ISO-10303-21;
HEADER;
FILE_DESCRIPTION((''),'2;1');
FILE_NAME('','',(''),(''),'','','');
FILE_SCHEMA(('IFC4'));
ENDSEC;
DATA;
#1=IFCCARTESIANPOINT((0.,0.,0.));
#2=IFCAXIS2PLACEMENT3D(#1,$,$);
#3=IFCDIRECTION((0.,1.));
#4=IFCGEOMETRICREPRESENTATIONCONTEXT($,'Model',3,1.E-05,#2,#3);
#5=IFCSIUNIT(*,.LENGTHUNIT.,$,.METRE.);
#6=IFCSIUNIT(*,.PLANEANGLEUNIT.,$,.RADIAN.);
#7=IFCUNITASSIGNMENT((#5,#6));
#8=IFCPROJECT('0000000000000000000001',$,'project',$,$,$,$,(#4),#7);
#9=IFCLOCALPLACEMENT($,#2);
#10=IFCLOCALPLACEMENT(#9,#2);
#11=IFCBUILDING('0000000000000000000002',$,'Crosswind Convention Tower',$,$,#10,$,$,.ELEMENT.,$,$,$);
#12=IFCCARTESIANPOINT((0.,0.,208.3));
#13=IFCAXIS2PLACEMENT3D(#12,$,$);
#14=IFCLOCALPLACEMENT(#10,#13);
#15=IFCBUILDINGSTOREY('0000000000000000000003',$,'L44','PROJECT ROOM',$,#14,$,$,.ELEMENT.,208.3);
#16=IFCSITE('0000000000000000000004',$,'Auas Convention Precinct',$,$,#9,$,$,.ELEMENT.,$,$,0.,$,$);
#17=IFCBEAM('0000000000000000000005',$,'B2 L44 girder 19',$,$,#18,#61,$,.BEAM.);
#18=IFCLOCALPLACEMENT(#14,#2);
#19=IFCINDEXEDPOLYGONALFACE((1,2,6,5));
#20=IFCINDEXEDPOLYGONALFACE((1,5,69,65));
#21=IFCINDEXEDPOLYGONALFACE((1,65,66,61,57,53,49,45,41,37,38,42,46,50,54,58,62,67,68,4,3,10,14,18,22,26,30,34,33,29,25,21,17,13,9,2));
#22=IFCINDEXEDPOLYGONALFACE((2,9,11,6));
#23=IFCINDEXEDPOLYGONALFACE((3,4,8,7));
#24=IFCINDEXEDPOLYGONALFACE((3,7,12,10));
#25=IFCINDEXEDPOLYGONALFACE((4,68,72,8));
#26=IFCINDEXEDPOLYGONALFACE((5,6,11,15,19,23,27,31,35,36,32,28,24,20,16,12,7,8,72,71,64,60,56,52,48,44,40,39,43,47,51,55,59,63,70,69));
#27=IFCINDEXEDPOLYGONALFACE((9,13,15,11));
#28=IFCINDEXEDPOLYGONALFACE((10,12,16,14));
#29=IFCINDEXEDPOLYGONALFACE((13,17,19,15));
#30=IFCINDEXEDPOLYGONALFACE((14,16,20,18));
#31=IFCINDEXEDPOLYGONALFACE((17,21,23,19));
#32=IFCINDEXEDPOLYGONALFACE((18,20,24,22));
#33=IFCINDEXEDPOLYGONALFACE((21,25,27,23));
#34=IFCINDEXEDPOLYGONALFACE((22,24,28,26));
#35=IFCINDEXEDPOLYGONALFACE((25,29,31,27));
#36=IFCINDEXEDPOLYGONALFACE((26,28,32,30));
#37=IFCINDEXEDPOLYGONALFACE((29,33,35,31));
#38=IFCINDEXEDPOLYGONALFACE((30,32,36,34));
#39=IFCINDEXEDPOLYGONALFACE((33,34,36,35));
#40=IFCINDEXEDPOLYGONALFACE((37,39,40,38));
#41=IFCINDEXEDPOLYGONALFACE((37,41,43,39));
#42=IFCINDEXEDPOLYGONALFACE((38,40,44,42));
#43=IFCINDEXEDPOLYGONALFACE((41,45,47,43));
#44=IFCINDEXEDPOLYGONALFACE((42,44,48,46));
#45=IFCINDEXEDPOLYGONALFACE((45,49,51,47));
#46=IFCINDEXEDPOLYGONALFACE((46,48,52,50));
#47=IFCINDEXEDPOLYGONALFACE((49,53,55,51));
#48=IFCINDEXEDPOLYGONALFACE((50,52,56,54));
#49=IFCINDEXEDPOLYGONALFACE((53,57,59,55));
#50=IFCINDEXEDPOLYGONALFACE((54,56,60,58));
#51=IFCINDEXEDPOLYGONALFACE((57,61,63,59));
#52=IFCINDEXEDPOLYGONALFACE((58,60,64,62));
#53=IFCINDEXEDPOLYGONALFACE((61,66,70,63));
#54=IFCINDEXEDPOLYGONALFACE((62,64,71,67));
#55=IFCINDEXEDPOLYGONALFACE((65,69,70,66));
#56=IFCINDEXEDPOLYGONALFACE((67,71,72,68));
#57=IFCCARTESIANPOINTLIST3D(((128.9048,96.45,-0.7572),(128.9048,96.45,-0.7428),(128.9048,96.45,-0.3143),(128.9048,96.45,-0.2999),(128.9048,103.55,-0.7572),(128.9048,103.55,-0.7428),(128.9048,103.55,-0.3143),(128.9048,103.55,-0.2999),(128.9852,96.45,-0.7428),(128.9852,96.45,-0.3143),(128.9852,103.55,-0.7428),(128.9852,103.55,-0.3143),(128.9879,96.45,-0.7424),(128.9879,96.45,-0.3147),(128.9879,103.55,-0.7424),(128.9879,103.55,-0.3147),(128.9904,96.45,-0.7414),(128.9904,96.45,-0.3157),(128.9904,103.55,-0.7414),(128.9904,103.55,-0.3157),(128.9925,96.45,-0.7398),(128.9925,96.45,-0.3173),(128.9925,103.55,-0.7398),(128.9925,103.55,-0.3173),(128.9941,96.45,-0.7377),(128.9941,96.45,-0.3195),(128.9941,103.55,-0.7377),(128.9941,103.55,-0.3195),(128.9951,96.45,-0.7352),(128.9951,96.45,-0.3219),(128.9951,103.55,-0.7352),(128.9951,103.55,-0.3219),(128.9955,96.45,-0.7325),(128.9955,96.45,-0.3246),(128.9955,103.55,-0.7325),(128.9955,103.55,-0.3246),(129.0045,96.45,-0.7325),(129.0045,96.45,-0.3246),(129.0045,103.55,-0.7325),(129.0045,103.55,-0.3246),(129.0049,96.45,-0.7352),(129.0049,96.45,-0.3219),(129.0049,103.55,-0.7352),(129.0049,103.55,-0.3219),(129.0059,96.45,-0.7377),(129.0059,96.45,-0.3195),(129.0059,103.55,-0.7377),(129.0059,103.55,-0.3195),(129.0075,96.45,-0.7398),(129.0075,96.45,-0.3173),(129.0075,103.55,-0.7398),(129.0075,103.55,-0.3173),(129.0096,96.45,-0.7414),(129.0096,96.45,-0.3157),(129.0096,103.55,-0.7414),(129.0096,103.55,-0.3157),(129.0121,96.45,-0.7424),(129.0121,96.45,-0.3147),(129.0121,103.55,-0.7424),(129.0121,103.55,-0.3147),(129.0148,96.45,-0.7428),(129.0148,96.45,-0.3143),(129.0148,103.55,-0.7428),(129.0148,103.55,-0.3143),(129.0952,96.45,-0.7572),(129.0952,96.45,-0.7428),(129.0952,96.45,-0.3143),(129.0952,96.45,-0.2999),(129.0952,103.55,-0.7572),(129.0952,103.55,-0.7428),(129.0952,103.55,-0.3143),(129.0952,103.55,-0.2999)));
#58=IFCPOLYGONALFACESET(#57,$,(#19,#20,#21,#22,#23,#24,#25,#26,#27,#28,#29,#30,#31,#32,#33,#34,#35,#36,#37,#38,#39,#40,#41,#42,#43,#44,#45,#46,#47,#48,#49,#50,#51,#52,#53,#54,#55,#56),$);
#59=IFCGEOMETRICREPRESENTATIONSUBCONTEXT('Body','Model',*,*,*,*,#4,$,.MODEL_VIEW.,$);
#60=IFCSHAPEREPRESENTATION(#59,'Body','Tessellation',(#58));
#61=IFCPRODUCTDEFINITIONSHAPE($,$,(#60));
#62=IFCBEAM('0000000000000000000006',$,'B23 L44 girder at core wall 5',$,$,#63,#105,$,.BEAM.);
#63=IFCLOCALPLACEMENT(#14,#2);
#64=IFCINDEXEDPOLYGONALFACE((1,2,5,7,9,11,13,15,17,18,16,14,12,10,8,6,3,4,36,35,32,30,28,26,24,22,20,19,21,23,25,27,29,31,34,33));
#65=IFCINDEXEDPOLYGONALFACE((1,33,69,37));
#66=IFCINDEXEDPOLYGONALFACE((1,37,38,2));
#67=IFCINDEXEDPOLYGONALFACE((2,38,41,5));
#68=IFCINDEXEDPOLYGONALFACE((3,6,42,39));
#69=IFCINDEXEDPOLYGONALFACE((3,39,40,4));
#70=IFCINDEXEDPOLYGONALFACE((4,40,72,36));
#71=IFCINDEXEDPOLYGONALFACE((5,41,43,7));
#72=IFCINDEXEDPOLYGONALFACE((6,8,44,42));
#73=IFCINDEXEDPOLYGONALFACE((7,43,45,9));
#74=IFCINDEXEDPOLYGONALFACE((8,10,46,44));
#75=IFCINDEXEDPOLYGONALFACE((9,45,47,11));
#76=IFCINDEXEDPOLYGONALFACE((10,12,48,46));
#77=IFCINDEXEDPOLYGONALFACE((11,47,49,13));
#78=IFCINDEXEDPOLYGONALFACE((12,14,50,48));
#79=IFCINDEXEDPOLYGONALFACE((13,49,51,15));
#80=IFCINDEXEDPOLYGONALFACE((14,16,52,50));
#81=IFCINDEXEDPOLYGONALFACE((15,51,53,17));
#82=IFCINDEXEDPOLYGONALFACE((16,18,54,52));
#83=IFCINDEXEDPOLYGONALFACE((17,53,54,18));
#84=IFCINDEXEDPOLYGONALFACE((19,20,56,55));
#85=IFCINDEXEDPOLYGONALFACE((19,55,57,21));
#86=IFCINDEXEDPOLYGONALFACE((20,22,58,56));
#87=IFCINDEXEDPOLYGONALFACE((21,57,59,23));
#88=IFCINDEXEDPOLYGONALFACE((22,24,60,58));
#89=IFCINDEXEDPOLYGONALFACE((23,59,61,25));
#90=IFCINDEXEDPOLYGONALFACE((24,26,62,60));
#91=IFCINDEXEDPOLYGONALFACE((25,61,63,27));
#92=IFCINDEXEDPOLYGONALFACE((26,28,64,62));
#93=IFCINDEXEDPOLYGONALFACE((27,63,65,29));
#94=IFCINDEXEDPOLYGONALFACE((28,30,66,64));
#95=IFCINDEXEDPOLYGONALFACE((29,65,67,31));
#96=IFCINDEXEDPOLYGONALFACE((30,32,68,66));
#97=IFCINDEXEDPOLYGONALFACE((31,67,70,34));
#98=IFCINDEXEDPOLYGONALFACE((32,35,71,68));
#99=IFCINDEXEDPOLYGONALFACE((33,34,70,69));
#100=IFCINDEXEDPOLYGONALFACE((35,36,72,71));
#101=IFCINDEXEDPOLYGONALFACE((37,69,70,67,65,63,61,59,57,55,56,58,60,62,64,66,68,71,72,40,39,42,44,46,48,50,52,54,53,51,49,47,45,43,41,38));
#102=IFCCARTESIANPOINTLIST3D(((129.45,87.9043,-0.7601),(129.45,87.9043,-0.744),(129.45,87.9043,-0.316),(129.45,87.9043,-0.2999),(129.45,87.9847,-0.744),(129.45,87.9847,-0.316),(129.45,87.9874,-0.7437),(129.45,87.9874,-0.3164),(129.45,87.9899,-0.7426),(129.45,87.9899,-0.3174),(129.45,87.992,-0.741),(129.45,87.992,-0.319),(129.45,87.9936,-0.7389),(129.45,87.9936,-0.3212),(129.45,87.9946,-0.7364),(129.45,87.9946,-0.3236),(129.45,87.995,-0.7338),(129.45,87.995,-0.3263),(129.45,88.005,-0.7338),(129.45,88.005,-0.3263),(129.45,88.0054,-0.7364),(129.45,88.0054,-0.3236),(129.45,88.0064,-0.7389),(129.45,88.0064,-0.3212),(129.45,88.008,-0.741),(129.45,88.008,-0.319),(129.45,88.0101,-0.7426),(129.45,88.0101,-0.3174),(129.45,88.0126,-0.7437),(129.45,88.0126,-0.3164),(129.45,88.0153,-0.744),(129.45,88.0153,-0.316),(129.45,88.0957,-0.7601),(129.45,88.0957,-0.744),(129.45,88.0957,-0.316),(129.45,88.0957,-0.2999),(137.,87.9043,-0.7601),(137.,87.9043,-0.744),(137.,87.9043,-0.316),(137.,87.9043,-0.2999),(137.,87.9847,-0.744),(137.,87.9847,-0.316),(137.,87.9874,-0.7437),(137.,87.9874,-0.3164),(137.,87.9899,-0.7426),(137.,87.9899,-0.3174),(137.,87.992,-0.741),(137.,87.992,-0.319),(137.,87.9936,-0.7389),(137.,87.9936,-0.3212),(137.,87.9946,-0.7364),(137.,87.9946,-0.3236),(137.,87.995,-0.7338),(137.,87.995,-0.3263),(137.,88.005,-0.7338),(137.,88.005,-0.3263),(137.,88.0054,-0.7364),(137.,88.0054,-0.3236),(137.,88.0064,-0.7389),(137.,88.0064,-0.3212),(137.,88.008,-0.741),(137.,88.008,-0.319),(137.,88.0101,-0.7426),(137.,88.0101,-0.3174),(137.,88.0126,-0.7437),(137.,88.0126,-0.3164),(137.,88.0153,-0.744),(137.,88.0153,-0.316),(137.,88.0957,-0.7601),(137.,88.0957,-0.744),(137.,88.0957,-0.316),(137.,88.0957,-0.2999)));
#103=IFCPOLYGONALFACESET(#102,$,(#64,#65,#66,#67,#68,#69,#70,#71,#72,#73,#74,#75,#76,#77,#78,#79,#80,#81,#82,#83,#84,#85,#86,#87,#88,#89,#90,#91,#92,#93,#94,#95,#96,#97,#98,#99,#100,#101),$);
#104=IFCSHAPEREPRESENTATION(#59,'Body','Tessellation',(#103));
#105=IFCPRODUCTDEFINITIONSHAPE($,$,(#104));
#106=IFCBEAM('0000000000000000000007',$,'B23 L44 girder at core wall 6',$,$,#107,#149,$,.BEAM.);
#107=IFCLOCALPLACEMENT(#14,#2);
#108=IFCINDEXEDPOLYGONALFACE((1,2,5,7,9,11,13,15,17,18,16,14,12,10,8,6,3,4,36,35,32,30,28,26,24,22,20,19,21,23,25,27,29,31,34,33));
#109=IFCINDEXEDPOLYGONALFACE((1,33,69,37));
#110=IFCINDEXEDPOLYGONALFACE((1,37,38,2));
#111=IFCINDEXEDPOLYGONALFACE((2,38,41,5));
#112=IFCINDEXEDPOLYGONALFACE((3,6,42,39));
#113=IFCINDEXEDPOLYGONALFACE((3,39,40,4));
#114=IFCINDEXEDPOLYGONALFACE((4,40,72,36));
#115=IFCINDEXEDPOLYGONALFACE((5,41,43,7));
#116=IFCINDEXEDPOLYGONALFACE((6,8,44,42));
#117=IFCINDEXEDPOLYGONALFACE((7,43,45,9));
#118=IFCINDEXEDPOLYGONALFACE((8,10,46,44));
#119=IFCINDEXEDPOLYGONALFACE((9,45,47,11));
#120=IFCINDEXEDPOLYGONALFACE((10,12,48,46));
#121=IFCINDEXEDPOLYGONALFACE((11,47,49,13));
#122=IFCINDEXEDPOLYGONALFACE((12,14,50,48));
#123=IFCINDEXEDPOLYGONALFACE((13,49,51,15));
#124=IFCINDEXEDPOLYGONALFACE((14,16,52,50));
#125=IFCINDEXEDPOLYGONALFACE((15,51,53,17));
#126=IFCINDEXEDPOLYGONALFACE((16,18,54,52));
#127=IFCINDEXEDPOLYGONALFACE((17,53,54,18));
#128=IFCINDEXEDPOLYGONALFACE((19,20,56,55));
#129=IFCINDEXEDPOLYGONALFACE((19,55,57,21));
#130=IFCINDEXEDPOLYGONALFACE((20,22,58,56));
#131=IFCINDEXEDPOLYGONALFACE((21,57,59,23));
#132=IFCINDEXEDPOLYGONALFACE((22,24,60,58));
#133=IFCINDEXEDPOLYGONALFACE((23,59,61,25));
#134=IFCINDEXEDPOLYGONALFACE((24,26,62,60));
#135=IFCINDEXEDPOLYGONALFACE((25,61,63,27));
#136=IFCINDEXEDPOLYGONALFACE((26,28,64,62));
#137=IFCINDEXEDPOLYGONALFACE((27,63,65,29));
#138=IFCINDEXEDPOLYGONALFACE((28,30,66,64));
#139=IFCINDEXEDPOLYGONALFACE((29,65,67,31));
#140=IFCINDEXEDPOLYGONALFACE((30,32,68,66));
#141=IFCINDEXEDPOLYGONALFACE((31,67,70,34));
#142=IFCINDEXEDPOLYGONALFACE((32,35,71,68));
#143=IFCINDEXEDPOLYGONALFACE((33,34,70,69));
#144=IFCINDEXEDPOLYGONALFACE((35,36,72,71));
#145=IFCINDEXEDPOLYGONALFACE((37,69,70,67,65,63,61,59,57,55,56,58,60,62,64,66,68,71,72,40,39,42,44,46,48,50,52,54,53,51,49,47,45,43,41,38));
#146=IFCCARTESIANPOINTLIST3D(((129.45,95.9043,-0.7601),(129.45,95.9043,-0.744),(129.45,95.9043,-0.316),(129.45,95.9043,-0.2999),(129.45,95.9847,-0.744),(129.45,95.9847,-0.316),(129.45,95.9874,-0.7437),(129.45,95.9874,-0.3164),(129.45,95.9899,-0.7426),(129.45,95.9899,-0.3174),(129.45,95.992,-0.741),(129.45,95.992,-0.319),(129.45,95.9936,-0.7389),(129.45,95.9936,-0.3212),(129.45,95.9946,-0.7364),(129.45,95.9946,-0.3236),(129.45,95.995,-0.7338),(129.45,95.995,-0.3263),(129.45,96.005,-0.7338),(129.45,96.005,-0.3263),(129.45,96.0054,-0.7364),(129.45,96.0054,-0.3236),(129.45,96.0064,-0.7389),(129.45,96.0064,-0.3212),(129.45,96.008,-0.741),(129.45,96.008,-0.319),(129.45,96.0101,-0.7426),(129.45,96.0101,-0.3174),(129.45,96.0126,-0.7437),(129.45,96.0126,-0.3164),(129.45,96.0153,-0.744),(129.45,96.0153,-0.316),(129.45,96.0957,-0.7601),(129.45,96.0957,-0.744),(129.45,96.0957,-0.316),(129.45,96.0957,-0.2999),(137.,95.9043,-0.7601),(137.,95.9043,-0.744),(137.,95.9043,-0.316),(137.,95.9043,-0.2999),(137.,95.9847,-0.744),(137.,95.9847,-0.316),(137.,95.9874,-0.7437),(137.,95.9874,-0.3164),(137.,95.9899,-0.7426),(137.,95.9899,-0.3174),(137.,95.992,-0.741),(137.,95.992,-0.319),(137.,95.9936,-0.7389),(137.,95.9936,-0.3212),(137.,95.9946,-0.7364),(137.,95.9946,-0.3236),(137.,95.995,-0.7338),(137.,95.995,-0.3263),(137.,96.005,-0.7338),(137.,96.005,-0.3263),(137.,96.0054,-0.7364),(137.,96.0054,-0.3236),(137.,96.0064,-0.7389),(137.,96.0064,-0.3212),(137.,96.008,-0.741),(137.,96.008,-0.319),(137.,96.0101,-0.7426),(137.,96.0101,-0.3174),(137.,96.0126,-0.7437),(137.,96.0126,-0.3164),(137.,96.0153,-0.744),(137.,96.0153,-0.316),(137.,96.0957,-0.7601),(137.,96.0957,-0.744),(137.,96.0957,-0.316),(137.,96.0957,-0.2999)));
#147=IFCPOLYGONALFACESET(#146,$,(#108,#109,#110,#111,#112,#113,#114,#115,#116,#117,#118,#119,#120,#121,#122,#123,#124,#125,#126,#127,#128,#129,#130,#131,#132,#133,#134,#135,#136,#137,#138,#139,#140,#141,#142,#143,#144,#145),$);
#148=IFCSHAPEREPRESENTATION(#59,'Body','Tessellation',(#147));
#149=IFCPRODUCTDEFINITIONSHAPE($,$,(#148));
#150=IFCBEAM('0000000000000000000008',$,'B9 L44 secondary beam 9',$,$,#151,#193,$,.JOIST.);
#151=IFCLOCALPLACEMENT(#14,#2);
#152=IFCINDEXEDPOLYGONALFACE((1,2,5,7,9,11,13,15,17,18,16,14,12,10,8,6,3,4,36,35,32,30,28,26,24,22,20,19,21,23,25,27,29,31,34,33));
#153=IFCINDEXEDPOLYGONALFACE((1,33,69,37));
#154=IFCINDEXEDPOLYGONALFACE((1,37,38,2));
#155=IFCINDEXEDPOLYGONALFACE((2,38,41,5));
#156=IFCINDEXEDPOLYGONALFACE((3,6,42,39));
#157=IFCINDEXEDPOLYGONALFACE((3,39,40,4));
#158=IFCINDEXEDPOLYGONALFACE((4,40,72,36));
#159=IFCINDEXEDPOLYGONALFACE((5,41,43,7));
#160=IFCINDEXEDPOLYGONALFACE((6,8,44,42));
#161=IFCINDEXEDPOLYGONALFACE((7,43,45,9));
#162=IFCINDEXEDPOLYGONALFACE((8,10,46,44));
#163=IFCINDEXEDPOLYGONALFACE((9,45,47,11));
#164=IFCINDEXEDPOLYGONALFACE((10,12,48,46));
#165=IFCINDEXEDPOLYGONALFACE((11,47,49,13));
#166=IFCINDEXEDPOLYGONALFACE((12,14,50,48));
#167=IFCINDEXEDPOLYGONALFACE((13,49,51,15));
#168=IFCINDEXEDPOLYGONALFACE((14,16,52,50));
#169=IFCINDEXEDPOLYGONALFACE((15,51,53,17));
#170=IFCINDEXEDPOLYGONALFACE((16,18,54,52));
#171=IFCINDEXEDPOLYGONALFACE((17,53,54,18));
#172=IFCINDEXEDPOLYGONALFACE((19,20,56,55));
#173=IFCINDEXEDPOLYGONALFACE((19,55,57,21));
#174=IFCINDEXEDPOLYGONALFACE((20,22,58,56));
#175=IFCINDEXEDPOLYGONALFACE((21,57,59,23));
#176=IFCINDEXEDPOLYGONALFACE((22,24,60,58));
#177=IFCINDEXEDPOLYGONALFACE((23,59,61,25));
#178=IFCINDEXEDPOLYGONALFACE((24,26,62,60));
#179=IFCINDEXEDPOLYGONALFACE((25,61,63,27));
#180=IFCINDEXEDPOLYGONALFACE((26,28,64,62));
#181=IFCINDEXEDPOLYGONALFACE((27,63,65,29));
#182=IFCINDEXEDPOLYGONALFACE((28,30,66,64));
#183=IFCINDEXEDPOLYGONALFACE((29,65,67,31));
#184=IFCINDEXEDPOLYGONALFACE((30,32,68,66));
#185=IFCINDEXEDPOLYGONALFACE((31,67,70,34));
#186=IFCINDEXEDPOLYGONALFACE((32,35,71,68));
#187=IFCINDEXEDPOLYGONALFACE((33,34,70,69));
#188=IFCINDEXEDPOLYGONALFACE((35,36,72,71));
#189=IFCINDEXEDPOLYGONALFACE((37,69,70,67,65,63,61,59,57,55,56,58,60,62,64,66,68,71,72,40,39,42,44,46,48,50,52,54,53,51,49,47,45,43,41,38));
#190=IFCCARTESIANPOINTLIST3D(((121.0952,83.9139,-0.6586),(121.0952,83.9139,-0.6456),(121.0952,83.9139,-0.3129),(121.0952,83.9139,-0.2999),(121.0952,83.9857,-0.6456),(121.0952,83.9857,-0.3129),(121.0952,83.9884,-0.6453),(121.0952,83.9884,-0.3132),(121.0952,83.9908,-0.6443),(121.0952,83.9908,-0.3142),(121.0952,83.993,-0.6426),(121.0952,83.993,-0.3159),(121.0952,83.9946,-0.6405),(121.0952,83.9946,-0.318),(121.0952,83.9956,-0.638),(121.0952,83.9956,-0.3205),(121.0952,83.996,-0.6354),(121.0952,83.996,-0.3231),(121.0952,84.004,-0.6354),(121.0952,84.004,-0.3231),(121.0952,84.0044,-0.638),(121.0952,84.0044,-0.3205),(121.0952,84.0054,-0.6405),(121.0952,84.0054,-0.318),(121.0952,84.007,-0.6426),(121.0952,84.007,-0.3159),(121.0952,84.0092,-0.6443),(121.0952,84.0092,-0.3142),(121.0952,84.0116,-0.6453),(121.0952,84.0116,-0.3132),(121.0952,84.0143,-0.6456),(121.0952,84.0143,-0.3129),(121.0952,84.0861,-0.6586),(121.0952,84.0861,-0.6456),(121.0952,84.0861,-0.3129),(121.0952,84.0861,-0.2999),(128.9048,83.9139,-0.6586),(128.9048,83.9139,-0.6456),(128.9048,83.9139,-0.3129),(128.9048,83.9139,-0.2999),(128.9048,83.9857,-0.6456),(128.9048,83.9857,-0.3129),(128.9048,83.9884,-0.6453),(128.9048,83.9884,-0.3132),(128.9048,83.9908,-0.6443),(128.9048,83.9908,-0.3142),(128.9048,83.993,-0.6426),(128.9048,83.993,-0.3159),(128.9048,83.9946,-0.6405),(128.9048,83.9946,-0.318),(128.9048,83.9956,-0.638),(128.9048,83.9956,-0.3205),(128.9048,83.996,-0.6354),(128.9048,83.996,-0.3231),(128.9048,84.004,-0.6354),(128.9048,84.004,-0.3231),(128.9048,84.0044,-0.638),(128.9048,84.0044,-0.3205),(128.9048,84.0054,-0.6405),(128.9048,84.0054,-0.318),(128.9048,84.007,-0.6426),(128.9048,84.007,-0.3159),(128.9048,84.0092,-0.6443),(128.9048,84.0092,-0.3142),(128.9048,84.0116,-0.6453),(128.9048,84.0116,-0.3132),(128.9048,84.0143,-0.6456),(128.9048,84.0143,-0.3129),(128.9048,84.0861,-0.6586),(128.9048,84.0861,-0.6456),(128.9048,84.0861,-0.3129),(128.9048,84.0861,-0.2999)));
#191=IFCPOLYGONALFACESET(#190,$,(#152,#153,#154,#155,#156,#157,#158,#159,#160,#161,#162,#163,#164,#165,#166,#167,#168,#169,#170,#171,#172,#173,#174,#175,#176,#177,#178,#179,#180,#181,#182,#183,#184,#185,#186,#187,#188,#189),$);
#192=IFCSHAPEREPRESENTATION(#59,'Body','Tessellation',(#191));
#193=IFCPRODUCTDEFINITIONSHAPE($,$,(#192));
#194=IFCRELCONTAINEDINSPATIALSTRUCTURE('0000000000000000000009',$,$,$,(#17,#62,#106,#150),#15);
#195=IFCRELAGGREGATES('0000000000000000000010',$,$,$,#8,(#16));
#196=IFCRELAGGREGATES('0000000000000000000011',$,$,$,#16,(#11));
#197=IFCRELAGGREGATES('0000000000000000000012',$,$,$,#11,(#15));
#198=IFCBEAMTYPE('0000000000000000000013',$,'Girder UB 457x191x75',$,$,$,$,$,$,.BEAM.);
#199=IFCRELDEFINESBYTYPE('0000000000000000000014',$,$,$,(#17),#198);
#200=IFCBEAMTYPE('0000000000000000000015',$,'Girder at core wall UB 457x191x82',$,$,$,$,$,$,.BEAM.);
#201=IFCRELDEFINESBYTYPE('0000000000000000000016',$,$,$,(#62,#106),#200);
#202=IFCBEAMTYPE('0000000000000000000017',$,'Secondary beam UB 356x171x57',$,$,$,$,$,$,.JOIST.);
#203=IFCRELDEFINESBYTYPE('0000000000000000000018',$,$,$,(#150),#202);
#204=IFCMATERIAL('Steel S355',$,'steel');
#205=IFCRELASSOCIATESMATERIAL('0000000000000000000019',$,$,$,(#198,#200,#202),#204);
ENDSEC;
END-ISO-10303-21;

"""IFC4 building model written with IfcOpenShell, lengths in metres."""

from ifc_helpers import new_model, si_unit, direction, frame, origin, origin_2d, place, context, subcontext, project, spatial, i_section, extrude, material, material_profile, profile_set, type_object, element, save


model = new_model("IFC4")

# Units and contexts
model_context = context("Model", 3, precision=1e-05, world=origin(), true_north=direction((0.0, 1.0)))
body_context = subcontext(model_context, "Body", "Model", "MODEL_VIEW")
ifc_project = project(units=[si_unit("LENGTHUNIT", "METRE"), si_unit("PLANEANGLEUNIT", "RADIAN")], contexts=[model_context])

# Site, building, storey
site_placement = place(None, origin())
site = spatial("IfcSite", under=ifc_project, at=site_placement, Name="Auas Convention Precinct", CompositionType="ELEMENT", RefElevation=0.0)
building_placement = place(site_placement, origin())
building = spatial("IfcBuilding", under=site, at=building_placement, Name="Crosswind Convention Tower", CompositionType="ELEMENT")
storey_placement = place(building_placement, frame((0.0, 0.0, 208.3)))
storey = spatial("IfcBuildingStorey", under=building, at=storey_placement, Name="L44", Description="PROJECT ROOM", CompositionType="ELEMENT", Elevation=208.3)

# Beams
ifc_material_1 = material(Name="Steel S355", Category="steel")
ifc_material_profile_1 = material_profile(ifc_material_1, i_section(OverallWidth=0.1904, OverallDepth=0.4573, WebThickness=0.009, FlangeThickness=0.0144, FilletRadius=0.0103, at=origin_2d()), Name="UB 457x191x75")
ifc_profile_set_1 = profile_set([ifc_material_profile_1], Name="Steel S355")
beam_type_1 = type_object("IfcBeamType", Name="Girder UB 457x191x75", PredefinedType="BEAM", material=ifc_profile_set_1)
for number, where, z_axis, x_axis, name in (
    (1, (129.0, 96.45, -0.5286), (0.0, 1.0, 0.0), (-1.0, 0.0, 0.0), "B2 L44 girder 19"),
):
    element("IfcBeam", number, at=place(storey_placement, frame(where, z_axis=z_axis, x_axis=x_axis)), inside=storey, type_object=beam_type_1, Name=name, PredefinedType="BEAM", context=body_context, shape_type="SweptSolid", body=[
        extrude(i_section(OverallWidth=0.1904, OverallDepth=0.4573, WebThickness=0.009, FlangeThickness=0.0144, FilletRadius=0.0103, at=origin_2d()), origin(), (0.0, 0.0, 1.0), 7.1001),
    ])
ifc_material_profile_2 = material_profile(ifc_material_1, i_section(OverallWidth=0.1914, OverallDepth=0.4602, WebThickness=0.01, FlangeThickness=0.0161, FilletRadius=0.0103, at=origin_2d()), Name="UB 457x191x82")
ifc_profile_set_2 = profile_set([ifc_material_profile_2], Name="Steel S355")
beam_type_2 = type_object("IfcBeamType", Name="Girder at core wall UB 457x191x82", PredefinedType="BEAM", material=ifc_profile_set_2)
for number, where, z_axis, x_axis, name in (
    (2, (129.45, 88.0, -0.53), (1.0, 0.0, 0.0), (0.0, 1.0, 0.0), "B23 L44 girder at core wall 5"),
    (3, (129.45, 96.0, -0.53), (1.0, 0.0, 0.0), (0.0, 1.0, 0.0), "B23 L44 girder at core wall 6"),
):
    element("IfcBeam", number, at=place(storey_placement, frame(where, z_axis=z_axis, x_axis=x_axis)), inside=storey, type_object=beam_type_2, Name=name, PredefinedType="BEAM", context=body_context, shape_type="SweptSolid", body=[
        extrude(i_section(OverallWidth=0.1914, OverallDepth=0.4602, WebThickness=0.01, FlangeThickness=0.0161, FilletRadius=0.0103, at=origin_2d()), origin(), (0.0, 0.0, 1.0), 7.55),
    ])
ifc_material_profile_3 = material_profile(ifc_material_1, i_section(OverallWidth=0.1721, OverallDepth=0.3586, WebThickness=0.0081, FlangeThickness=0.0129, FilletRadius=0.0103, at=origin_2d()), Name="UB 356x171x57")
ifc_profile_set_3 = profile_set([ifc_material_profile_3], Name="Steel S355")
beam_type_3 = type_object("IfcBeamType", Name="Secondary beam UB 356x171x57", PredefinedType="JOIST", material=ifc_profile_set_3)
for number, where, z_axis, x_axis, name in (
    (4, (121.0952, 84.0, -0.4792), (1.0, 0.0, 0.0), (0.0, 1.0, 0.0), "B9 L44 secondary beam 9"),
):
    element("IfcBeam", number, at=place(storey_placement, frame(where, z_axis=z_axis, x_axis=x_axis)), inside=storey, type_object=beam_type_3, Name=name, PredefinedType="JOIST", context=body_context, shape_type="SweptSolid", body=[
        extrude(i_section(OverallWidth=0.1721, OverallDepth=0.3586, WebThickness=0.0081, FlangeThickness=0.0129, FilletRadius=0.0103, at=origin_2d()), origin(), (0.0, 0.0, 1.0), 7.8096),
    ])

save(model, "model.ifc")
